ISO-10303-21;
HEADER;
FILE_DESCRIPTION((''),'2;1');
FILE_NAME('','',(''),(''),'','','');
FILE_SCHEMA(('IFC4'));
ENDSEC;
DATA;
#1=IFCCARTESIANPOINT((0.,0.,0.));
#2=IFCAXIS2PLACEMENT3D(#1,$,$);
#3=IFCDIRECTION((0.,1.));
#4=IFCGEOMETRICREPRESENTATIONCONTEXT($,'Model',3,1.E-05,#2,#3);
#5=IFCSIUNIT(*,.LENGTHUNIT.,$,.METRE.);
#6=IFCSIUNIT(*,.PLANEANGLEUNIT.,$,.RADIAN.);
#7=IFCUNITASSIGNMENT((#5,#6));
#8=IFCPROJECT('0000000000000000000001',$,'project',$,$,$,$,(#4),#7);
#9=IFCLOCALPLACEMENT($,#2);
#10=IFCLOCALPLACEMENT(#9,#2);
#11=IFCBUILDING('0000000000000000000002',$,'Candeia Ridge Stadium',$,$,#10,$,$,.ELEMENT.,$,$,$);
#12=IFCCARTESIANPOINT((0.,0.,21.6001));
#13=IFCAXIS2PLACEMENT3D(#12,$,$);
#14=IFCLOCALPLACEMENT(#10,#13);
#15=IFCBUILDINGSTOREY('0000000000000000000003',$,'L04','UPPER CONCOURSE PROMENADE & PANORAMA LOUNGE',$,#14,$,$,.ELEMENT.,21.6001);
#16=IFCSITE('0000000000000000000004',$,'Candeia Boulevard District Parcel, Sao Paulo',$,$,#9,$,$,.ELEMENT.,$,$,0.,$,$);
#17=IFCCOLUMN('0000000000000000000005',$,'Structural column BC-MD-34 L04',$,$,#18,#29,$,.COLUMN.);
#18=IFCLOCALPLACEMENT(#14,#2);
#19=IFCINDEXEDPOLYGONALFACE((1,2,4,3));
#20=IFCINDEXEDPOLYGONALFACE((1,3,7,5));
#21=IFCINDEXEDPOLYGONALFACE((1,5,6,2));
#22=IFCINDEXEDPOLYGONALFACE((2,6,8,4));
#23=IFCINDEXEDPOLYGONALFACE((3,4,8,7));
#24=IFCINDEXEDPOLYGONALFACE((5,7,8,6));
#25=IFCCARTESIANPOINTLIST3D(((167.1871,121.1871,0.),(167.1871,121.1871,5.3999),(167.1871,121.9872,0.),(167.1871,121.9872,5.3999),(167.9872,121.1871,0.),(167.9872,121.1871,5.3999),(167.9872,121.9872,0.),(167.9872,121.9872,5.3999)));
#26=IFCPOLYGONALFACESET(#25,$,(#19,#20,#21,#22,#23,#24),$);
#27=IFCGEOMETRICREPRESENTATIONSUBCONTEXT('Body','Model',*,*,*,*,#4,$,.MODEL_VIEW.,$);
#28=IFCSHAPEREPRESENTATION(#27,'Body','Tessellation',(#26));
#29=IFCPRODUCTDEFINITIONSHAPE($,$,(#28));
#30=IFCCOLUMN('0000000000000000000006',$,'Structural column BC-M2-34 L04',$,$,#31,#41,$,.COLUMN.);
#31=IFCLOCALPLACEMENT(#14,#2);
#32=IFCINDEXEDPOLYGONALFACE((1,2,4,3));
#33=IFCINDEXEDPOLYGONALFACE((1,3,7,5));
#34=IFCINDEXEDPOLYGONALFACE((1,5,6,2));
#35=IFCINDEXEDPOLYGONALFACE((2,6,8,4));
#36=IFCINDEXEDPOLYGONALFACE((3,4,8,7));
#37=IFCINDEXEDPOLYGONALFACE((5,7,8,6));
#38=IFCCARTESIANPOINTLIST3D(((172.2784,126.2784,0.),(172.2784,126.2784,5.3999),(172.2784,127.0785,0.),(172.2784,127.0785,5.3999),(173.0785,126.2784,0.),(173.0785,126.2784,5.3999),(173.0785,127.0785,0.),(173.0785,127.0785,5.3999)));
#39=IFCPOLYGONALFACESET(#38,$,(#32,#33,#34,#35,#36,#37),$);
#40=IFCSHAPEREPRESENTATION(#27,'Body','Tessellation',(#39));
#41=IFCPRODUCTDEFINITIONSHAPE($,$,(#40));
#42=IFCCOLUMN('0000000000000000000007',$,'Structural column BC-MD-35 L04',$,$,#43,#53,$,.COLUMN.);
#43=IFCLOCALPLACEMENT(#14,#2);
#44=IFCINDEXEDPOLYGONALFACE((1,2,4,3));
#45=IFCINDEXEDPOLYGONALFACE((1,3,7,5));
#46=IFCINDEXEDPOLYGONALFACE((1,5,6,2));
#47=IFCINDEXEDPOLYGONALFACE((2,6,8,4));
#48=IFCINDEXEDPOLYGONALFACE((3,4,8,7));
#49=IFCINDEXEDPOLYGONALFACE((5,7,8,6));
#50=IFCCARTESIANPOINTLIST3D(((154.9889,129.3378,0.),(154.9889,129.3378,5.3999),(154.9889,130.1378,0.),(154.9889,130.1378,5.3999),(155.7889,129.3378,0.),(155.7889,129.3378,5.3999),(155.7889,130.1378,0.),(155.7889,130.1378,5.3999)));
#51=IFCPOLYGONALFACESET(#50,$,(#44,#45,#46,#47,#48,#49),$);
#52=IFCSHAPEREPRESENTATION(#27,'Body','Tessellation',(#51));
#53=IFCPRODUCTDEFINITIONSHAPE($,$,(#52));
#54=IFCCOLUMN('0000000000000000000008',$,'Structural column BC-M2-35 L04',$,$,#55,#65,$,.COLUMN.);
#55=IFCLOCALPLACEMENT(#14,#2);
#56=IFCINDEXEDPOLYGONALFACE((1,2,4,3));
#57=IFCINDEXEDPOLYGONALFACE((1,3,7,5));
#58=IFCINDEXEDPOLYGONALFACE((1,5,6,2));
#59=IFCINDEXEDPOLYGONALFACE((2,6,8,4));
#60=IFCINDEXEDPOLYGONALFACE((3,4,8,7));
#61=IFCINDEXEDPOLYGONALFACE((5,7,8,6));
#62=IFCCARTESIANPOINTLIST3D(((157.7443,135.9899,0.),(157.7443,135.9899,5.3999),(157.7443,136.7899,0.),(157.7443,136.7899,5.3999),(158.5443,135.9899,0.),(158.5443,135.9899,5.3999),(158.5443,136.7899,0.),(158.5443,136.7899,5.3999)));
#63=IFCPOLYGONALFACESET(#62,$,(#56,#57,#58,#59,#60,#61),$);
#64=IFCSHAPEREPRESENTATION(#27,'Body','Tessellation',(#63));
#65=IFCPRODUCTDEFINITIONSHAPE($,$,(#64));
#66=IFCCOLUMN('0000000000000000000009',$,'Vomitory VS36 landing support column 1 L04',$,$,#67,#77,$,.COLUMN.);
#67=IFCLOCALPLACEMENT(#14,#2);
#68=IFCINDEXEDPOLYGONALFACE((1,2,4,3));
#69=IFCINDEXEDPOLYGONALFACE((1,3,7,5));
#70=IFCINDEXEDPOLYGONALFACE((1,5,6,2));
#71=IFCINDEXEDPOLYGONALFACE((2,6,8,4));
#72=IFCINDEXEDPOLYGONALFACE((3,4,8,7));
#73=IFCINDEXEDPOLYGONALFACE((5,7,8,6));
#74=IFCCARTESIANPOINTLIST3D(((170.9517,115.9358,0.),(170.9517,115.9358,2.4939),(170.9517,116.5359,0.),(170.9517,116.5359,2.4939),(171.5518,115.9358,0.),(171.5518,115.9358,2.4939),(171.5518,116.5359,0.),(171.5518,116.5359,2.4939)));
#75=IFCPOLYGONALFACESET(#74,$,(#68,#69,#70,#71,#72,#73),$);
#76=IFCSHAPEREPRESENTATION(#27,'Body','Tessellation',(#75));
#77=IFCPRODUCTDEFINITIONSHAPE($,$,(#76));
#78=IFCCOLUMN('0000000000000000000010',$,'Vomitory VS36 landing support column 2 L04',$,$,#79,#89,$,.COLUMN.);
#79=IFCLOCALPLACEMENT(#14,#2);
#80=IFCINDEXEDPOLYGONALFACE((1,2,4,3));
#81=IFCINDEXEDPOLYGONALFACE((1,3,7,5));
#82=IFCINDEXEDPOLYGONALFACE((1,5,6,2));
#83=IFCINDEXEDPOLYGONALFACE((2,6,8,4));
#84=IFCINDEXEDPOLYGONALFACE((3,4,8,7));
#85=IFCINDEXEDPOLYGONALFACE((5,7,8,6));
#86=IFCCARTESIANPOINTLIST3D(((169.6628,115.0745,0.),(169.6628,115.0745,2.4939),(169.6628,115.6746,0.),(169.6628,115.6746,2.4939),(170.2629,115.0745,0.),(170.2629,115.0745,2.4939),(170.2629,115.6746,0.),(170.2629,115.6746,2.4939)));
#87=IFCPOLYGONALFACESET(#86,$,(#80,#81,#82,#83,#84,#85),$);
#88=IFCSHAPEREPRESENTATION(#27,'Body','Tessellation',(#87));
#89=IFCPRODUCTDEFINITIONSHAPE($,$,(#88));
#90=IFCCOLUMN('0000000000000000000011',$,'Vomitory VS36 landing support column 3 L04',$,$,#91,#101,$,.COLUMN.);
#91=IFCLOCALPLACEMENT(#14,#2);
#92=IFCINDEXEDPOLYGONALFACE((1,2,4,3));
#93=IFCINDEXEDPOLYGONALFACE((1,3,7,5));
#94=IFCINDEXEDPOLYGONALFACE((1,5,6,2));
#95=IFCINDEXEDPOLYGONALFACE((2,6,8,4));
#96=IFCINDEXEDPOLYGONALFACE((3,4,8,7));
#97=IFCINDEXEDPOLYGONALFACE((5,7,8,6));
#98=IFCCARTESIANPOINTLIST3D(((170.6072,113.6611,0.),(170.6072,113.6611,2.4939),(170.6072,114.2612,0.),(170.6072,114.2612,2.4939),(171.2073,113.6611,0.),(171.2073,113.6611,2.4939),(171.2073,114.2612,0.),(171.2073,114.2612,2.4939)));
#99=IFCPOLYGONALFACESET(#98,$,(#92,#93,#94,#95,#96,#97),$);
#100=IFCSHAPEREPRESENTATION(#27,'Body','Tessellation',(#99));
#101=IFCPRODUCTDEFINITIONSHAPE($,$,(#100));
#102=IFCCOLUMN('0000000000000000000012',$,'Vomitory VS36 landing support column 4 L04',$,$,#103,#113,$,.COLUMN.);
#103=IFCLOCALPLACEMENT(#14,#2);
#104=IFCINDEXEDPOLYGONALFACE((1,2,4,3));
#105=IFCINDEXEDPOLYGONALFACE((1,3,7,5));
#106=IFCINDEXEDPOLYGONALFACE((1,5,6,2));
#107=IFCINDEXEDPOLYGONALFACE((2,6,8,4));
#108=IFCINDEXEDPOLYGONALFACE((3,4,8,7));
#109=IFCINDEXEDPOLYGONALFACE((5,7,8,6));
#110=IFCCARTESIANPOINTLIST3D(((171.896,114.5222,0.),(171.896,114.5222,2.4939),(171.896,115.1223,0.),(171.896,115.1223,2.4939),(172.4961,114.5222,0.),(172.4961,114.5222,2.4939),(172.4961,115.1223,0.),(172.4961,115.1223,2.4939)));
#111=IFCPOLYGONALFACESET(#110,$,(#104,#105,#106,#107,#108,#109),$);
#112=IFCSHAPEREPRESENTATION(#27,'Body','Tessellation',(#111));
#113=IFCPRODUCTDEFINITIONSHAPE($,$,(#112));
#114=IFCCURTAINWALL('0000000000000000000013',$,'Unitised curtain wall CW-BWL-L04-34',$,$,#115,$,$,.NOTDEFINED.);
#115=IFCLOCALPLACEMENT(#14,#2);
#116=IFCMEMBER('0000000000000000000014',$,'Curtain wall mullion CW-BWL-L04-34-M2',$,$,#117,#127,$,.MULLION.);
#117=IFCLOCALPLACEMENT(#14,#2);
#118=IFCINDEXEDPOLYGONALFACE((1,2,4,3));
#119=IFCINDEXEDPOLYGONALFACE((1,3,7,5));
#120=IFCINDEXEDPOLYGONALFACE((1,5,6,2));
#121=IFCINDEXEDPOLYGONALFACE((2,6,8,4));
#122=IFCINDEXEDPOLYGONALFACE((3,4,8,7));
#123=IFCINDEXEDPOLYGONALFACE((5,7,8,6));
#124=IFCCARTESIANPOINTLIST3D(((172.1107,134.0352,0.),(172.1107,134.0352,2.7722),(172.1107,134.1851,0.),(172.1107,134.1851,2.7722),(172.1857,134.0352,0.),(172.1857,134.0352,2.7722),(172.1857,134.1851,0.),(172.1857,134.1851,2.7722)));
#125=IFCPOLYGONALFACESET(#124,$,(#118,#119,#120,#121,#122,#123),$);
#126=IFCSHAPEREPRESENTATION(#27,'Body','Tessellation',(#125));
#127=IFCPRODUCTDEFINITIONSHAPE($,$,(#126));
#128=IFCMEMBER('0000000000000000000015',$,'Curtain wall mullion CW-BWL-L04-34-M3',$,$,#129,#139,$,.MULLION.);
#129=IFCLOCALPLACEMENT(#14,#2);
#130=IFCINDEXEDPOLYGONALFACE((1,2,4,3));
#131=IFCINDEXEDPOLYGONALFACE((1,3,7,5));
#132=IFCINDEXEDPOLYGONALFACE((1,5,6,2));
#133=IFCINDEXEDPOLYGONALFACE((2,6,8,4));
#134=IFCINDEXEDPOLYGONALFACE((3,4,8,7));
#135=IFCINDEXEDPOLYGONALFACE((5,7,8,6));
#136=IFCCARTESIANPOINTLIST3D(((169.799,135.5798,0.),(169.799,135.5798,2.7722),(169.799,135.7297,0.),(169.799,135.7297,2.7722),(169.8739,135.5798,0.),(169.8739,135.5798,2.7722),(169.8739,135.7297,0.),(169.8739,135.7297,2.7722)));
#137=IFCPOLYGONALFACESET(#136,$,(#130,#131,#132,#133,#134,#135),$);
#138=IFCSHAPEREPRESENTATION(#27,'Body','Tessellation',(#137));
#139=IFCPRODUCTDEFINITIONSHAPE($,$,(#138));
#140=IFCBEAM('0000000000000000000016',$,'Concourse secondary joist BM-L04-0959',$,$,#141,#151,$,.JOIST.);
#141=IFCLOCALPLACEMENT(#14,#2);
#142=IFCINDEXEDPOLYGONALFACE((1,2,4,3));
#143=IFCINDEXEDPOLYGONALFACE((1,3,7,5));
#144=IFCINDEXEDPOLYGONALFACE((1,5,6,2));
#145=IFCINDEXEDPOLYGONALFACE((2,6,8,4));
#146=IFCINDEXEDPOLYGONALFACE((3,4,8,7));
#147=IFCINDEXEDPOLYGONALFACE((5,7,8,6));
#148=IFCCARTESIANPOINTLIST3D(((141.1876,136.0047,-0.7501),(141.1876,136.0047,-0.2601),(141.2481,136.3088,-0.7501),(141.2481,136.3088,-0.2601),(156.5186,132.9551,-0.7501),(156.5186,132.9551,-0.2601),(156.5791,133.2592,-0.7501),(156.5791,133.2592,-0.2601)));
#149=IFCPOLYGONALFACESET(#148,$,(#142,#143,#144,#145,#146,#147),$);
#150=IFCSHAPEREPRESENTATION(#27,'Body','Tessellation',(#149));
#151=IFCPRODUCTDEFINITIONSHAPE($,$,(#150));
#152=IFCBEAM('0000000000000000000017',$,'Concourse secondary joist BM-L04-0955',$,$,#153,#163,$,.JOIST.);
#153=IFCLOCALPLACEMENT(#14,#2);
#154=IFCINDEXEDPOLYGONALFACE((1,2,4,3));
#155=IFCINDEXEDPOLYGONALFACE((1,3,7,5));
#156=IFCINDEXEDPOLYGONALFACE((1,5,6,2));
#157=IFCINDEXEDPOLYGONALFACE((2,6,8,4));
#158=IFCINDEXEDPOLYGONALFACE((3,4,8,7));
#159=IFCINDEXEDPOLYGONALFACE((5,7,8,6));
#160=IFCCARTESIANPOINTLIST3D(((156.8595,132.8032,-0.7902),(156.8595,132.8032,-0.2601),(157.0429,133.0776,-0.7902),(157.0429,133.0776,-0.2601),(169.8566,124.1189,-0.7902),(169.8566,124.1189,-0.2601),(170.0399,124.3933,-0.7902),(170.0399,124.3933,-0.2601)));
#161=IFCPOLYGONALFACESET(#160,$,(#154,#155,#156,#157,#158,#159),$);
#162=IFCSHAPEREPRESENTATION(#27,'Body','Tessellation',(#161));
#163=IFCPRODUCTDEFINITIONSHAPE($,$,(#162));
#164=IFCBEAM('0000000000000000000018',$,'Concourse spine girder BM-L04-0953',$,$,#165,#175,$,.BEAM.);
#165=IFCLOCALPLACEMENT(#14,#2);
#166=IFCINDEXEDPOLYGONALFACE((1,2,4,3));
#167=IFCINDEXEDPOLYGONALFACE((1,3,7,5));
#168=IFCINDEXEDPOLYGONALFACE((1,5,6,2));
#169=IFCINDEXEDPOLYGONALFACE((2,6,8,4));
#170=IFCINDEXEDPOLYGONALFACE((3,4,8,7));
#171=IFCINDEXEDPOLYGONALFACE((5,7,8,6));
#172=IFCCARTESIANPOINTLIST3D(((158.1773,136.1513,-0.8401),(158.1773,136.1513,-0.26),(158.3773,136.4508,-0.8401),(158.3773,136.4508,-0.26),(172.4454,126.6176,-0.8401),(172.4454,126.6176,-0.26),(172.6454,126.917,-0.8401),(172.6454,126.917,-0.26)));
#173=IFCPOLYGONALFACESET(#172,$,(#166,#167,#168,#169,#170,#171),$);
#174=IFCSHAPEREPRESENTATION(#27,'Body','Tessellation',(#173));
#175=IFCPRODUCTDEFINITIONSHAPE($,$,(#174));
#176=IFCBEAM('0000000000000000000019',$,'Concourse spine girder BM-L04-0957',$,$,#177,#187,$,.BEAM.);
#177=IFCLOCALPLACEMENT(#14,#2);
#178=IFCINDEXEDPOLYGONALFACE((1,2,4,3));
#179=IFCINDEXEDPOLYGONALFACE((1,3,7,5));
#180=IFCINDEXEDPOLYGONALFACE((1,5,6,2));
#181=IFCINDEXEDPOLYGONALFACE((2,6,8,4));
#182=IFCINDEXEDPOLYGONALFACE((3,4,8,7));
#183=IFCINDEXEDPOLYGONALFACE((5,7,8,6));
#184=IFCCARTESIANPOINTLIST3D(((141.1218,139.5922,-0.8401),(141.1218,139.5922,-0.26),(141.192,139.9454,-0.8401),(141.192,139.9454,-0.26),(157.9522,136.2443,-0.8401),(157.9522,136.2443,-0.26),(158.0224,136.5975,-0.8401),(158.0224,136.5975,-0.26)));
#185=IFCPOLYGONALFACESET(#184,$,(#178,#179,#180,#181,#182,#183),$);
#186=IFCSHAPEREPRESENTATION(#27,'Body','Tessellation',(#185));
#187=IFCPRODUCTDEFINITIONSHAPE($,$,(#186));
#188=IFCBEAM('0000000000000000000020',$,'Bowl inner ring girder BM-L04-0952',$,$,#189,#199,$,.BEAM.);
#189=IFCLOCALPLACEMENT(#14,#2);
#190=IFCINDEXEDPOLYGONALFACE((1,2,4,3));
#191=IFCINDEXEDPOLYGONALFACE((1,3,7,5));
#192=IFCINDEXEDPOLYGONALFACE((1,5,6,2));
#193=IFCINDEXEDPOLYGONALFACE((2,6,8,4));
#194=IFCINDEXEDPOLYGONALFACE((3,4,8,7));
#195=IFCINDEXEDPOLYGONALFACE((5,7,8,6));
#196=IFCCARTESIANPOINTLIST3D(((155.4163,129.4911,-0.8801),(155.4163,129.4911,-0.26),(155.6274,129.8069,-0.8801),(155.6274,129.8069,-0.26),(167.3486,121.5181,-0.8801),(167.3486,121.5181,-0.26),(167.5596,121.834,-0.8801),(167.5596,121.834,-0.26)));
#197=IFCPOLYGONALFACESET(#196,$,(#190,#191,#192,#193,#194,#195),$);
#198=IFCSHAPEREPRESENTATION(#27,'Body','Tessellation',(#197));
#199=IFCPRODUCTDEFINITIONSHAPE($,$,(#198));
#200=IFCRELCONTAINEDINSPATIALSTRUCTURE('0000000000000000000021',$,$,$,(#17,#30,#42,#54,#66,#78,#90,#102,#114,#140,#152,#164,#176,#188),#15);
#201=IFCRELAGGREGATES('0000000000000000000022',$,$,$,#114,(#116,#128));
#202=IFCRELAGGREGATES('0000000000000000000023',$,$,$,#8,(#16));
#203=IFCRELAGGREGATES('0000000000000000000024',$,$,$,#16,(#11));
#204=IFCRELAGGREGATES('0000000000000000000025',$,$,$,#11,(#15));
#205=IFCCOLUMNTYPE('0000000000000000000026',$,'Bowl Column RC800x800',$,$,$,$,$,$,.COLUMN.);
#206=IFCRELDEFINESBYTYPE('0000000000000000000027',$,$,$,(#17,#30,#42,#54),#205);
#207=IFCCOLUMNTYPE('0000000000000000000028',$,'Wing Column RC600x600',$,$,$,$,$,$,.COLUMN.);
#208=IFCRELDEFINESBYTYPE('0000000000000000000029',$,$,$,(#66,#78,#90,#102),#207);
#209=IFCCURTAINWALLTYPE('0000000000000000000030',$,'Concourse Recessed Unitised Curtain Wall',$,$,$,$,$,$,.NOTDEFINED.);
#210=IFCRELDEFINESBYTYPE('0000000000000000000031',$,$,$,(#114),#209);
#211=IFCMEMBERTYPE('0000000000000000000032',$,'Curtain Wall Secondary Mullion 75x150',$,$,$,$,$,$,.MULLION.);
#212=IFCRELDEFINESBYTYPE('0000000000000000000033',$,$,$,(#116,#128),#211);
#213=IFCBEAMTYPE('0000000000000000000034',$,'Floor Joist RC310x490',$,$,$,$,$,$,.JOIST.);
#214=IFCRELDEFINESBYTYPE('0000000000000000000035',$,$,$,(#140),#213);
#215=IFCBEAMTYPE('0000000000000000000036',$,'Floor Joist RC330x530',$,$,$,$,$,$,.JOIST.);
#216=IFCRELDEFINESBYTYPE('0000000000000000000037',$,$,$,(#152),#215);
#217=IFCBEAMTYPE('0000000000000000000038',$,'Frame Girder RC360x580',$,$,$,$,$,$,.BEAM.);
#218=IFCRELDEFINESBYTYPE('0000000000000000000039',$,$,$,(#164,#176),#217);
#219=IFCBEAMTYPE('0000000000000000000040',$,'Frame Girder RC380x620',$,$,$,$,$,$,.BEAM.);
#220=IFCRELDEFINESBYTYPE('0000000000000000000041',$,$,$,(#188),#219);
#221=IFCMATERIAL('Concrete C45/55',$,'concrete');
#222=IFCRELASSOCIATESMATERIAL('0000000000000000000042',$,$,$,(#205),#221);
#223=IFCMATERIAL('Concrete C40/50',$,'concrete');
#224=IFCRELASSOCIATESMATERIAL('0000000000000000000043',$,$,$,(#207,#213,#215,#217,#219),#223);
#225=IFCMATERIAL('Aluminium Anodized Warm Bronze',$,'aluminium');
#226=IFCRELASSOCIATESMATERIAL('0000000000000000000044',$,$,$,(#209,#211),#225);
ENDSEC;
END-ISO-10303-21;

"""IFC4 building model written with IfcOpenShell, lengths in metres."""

from ifc_helpers import new_model, si_unit, direction, frame, origin, origin_2d, place, context, subcontext, project, spatial, rectangle, extrude, material, material_profile, profile_set, type_object, element, aggregate, save


model = new_model("IFC4")

# Units and contexts
model_context = context("Model", 3, precision=1e-05, world=origin(), true_north=direction((0.0, 1.0)))
body_context = subcontext(model_context, "Body", "Model", "MODEL_VIEW")
ifc_project = project(units=[si_unit("LENGTHUNIT", "METRE"), si_unit("PLANEANGLEUNIT", "RADIAN")], contexts=[model_context])

# Site, building, storey
site_placement = place(None, origin())
site = spatial("IfcSite", under=ifc_project, at=site_placement, Name="Candeia Boulevard District Parcel, Sao Paulo", CompositionType="ELEMENT", RefElevation=0.0)
building_placement = place(site_placement, origin())
building = spatial("IfcBuilding", under=site, at=building_placement, Name="Candeia Ridge Stadium", CompositionType="ELEMENT")
storey_placement = place(building_placement, frame((0.0, 0.0, 21.6001)))
storey = spatial("IfcBuildingStorey", under=building, at=storey_placement, Name="L04", Description="UPPER CONCOURSE PROMENADE & PANORAMA LOUNGE", CompositionType="ELEMENT", Elevation=21.6001)

# Columns
ifc_material_1 = material(Name="Concrete C45/55", Category="concrete")
ifc_material_profile_1 = material_profile(ifc_material_1, rectangle(XDim=0.8, YDim=0.8, at=origin_2d()), Name="RC800x800", Category="concrete")
ifc_profile_set_1 = profile_set([ifc_material_profile_1], Name="Concrete C45/55")
column_type_1 = type_object("IfcColumnType", Name="Bowl Column RC800x800", PredefinedType="COLUMN", material=ifc_profile_set_1)
for number, where, z_axis, x_axis, name in (
    (1, (167.5872, 121.5872, 0.0), (0.0, 0.0, 1.0), (1.0, 0.0, 0.0), "Structural column BC-MD-34 L04"),
    (2, (172.6785, 126.6785, 0.0), (0.0, 0.0, 1.0), (1.0, 0.0, 0.0), "Structural column BC-M2-34 L04"),
    (3, (155.3889, 129.7378, 0.0), (0.0, 0.0, 1.0), (1.0, 0.0, 0.0), "Structural column BC-MD-35 L04"),
    (4, (158.1443, 136.3899, 0.0), (0.0, 0.0, 1.0), (1.0, 0.0, 0.0), "Structural column BC-M2-35 L04"),
):
    element("IfcColumn", number, at=place(storey_placement, frame(where, z_axis=z_axis, x_axis=x_axis)), inside=storey, type_object=column_type_1, Name=name, PredefinedType="COLUMN", context=body_context, shape_type="SweptSolid", body=[
        extrude(rectangle(XDim=0.8, YDim=0.8, at=origin_2d()), origin(), (0.0, 0.0, 1.0), 5.3999),
    ])
ifc_material_2 = material(Name="Concrete C40/50", Category="concrete")
ifc_material_profile_2 = material_profile(ifc_material_2, rectangle(XDim=0.6001, YDim=0.6001, at=origin_2d()), Name="RC600x600", Category="concrete")
ifc_profile_set_2 = profile_set([ifc_material_profile_2], Name="Concrete C40/50")
column_type_2 = type_object("IfcColumnType", Name="Wing Column RC600x600", PredefinedType="COLUMN", material=ifc_profile_set_2)
for number, where, z_axis, x_axis, name in (
    (5, (171.2517, 116.2358, 0.0), (0.0, 0.0, 1.0), (1.0, 0.0, 0.0), "Vomitory VS36 landing support column 1 L04"),
    (6, (169.9629, 115.3745, 0.0), (0.0, 0.0, 1.0), (1.0, 0.0, 0.0), "Vomitory VS36 landing support column 2 L04"),
    (7, (170.9072, 113.9612, 0.0), (0.0, 0.0, 1.0), (1.0, 0.0, 0.0), "Vomitory VS36 landing support column 3 L04"),
    (8, (172.196, 114.8223, 0.0), (0.0, 0.0, 1.0), (1.0, 0.0, 0.0), "Vomitory VS36 landing support column 4 L04"),
):
    element("IfcColumn", number, at=place(storey_placement, frame(where, z_axis=z_axis, x_axis=x_axis)), inside=storey, type_object=column_type_2, Name=name, PredefinedType="COLUMN", context=body_context, shape_type="SweptSolid", body=[
        extrude(rectangle(XDim=0.6001, YDim=0.6001, at=origin_2d()), origin(), (0.0, 0.0, 1.0), 2.4939),
    ])

# Curtain wall, members
ifc_material_3 = material(Name="Aluminium Anodized Warm Bronze", Category="aluminium")
curtain_wall_type = type_object("IfcCurtainWallType", Name="Concourse Recessed Unitised Curtain Wall", PredefinedType="NOTDEFINED", material=ifc_material_3)
curtain_wall_placement = place(storey_placement, origin())
curtain_wall = element("IfcCurtainWall", 9, at=curtain_wall_placement, inside=storey, type_object=curtain_wall_type, Name="Unitised curtain wall CW-BWL-L04-34", PredefinedType="NOTDEFINED")
ifc_material_profile_3 = material_profile(ifc_material_3, rectangle(XDim=0.075, YDim=0.1499, at=origin_2d()), Name="CWM-75x150", Category="aluminium")
ifc_profile_set_3 = profile_set([ifc_material_profile_3], Name="Aluminium Anodized Warm Bronze")
member_type = type_object("IfcMemberType", Name="Curtain Wall Secondary Mullion 75x150", PredefinedType="MULLION", material=ifc_profile_set_3)
member_1_placement = place(storey_placement, frame((172.1482, 134.1101, 0.0), z_axis=(0.0, 0.0, 1.0), x_axis=(1.0, 0.0, 0.0)))
member_1 = element("IfcMember", 10, at=member_1_placement, type_object=member_type, Name="Curtain wall mullion CW-BWL-L04-34-M2", PredefinedType="MULLION", context=body_context, shape_type="SweptSolid", body=[
    extrude(rectangle(XDim=0.075, YDim=0.1499, at=origin_2d()), origin(), (0.0, 0.0, 1.0), 2.7722),
])
member_2_placement = place(storey_placement, frame((169.8364, 135.6548, 0.0), z_axis=(0.0, 0.0, 1.0), x_axis=(1.0, 0.0, 0.0)))
member_2 = element("IfcMember", 11, at=member_2_placement, type_object=member_type, Name="Curtain wall mullion CW-BWL-L04-34-M3", PredefinedType="MULLION", context=body_context, shape_type="SweptSolid", body=[
    extrude(rectangle(XDim=0.075, YDim=0.1499, at=origin_2d()), origin(), (0.0, 0.0, 1.0), 2.7722),
])

# Beams
ifc_material_profile_4 = material_profile(ifc_material_2, rectangle(XDim=0.3101, YDim=0.49, at=origin_2d()), Name="RC310x490", Category="concrete")
ifc_profile_set_4 = profile_set([ifc_material_profile_4], Name="Concrete C40/50")
beam_type_1 = type_object("IfcBeamType", Name="Floor Joist RC310x490", PredefinedType="JOIST", material=ifc_profile_set_4)
beam_1_placement = place(storey_placement, frame((156.5488, 133.1072, -0.5051), z_axis=(-0.980785, 0.195092, 0.0), x_axis=(-0.195092, -0.980785, 0.0)))
element("IfcBeam", 12, at=beam_1_placement, inside=storey, type_object=beam_type_1, Name="Concourse secondary joist BM-L04-0959", PredefinedType="JOIST", context=body_context, shape_type="SweptSolid", body=[
    extrude(rectangle(XDim=0.3101, YDim=0.49, at=origin_2d()), origin(), (0.0, 0.0, 1.0), 15.6313),
])
ifc_material_profile_5 = material_profile(ifc_material_2, rectangle(XDim=0.3301, YDim=0.53, at=origin_2d()), Name="RC330x530", Category="concrete")
ifc_profile_set_5 = profile_set([ifc_material_profile_5], Name="Concrete C40/50")
beam_type_2 = type_object("IfcBeamType", Name="Floor Joist RC330x530", PredefinedType="JOIST", material=ifc_profile_set_5)
beam_2_placement = place(storey_placement, frame((169.9482, 124.2561, -0.5251), z_axis=(-0.831471, 0.555569, 0.0), x_axis=(-0.555569, -0.831471, 0.0)))
element("IfcBeam", 13, at=beam_2_placement, inside=storey, type_object=beam_type_2, Name="Concourse secondary joist BM-L04-0955", PredefinedType="JOIST", context=body_context, shape_type="SweptSolid", body=[
    extrude(rectangle(XDim=0.3301, YDim=0.53, at=origin_2d()), origin(), (0.0, 0.0, 1.0), 15.6313),
])
ifc_material_profile_6 = material_profile(ifc_material_2, rectangle(XDim=0.3601, YDim=0.5801, at=origin_2d()), Name="RC360x580", Category="concrete")
ifc_profile_set_6 = profile_set([ifc_material_profile_6], Name="Concrete C40/50")
beam_type_3 = type_object("IfcBeamType", Name="Frame Girder RC360x580", PredefinedType="BEAM", material=ifc_profile_set_6)
for number, where, z_axis, x_axis, name in (
    (14, (172.5454, 126.7673, -0.55), (-0.831468, 0.555573, 0.0), (-0.555573, -0.831468, 0.0), "Concourse spine girder BM-L04-0953"),
    (15, (157.9873, 136.4209, -0.55), (-0.980784, 0.195098, 0.0), (-0.195098, -0.980784, 0.0), "Concourse spine girder BM-L04-0957"),
):
    element("IfcBeam", number, at=place(storey_placement, frame(where, z_axis=z_axis, x_axis=x_axis)), inside=storey, type_object=beam_type_3, Name=name, PredefinedType="BEAM", context=body_context, shape_type="SweptSolid", body=[
        extrude(rectangle(XDim=0.3601, YDim=0.5801, at=origin_2d()), origin(), (0.0, 0.0, 1.0), 17.1602),
    ])
ifc_material_profile_7 = material_profile(ifc_material_2, rectangle(XDim=0.3799, YDim=0.6201, at=origin_2d()), Name="RC380x620", Category="concrete")
ifc_profile_set_7 = profile_set([ifc_material_profile_7], Name="Concrete C40/50")
beam_type_4 = type_object("IfcBeamType", Name="Frame Girder RC380x620", PredefinedType="BEAM", material=ifc_profile_set_7)
beam_3_placement = place(storey_placement, frame((167.4541, 121.676, -0.5701), z_axis=(-0.831466, 0.555575, 0.0), x_axis=(-0.555575, -0.831466, 0.0)))
element("IfcBeam", 16, at=beam_3_placement, inside=storey, type_object=beam_type_4, Name="Bowl inner ring girder BM-L04-0952", PredefinedType="BEAM", context=body_context, shape_type="SweptSolid", body=[
    extrude(rectangle(XDim=0.3799, YDim=0.6201, at=origin_2d()), origin(), (0.0, 0.0, 1.0), 14.3508),
])

aggregate(curtain_wall, [member_1, member_2])

save(model, "model.ifc")
